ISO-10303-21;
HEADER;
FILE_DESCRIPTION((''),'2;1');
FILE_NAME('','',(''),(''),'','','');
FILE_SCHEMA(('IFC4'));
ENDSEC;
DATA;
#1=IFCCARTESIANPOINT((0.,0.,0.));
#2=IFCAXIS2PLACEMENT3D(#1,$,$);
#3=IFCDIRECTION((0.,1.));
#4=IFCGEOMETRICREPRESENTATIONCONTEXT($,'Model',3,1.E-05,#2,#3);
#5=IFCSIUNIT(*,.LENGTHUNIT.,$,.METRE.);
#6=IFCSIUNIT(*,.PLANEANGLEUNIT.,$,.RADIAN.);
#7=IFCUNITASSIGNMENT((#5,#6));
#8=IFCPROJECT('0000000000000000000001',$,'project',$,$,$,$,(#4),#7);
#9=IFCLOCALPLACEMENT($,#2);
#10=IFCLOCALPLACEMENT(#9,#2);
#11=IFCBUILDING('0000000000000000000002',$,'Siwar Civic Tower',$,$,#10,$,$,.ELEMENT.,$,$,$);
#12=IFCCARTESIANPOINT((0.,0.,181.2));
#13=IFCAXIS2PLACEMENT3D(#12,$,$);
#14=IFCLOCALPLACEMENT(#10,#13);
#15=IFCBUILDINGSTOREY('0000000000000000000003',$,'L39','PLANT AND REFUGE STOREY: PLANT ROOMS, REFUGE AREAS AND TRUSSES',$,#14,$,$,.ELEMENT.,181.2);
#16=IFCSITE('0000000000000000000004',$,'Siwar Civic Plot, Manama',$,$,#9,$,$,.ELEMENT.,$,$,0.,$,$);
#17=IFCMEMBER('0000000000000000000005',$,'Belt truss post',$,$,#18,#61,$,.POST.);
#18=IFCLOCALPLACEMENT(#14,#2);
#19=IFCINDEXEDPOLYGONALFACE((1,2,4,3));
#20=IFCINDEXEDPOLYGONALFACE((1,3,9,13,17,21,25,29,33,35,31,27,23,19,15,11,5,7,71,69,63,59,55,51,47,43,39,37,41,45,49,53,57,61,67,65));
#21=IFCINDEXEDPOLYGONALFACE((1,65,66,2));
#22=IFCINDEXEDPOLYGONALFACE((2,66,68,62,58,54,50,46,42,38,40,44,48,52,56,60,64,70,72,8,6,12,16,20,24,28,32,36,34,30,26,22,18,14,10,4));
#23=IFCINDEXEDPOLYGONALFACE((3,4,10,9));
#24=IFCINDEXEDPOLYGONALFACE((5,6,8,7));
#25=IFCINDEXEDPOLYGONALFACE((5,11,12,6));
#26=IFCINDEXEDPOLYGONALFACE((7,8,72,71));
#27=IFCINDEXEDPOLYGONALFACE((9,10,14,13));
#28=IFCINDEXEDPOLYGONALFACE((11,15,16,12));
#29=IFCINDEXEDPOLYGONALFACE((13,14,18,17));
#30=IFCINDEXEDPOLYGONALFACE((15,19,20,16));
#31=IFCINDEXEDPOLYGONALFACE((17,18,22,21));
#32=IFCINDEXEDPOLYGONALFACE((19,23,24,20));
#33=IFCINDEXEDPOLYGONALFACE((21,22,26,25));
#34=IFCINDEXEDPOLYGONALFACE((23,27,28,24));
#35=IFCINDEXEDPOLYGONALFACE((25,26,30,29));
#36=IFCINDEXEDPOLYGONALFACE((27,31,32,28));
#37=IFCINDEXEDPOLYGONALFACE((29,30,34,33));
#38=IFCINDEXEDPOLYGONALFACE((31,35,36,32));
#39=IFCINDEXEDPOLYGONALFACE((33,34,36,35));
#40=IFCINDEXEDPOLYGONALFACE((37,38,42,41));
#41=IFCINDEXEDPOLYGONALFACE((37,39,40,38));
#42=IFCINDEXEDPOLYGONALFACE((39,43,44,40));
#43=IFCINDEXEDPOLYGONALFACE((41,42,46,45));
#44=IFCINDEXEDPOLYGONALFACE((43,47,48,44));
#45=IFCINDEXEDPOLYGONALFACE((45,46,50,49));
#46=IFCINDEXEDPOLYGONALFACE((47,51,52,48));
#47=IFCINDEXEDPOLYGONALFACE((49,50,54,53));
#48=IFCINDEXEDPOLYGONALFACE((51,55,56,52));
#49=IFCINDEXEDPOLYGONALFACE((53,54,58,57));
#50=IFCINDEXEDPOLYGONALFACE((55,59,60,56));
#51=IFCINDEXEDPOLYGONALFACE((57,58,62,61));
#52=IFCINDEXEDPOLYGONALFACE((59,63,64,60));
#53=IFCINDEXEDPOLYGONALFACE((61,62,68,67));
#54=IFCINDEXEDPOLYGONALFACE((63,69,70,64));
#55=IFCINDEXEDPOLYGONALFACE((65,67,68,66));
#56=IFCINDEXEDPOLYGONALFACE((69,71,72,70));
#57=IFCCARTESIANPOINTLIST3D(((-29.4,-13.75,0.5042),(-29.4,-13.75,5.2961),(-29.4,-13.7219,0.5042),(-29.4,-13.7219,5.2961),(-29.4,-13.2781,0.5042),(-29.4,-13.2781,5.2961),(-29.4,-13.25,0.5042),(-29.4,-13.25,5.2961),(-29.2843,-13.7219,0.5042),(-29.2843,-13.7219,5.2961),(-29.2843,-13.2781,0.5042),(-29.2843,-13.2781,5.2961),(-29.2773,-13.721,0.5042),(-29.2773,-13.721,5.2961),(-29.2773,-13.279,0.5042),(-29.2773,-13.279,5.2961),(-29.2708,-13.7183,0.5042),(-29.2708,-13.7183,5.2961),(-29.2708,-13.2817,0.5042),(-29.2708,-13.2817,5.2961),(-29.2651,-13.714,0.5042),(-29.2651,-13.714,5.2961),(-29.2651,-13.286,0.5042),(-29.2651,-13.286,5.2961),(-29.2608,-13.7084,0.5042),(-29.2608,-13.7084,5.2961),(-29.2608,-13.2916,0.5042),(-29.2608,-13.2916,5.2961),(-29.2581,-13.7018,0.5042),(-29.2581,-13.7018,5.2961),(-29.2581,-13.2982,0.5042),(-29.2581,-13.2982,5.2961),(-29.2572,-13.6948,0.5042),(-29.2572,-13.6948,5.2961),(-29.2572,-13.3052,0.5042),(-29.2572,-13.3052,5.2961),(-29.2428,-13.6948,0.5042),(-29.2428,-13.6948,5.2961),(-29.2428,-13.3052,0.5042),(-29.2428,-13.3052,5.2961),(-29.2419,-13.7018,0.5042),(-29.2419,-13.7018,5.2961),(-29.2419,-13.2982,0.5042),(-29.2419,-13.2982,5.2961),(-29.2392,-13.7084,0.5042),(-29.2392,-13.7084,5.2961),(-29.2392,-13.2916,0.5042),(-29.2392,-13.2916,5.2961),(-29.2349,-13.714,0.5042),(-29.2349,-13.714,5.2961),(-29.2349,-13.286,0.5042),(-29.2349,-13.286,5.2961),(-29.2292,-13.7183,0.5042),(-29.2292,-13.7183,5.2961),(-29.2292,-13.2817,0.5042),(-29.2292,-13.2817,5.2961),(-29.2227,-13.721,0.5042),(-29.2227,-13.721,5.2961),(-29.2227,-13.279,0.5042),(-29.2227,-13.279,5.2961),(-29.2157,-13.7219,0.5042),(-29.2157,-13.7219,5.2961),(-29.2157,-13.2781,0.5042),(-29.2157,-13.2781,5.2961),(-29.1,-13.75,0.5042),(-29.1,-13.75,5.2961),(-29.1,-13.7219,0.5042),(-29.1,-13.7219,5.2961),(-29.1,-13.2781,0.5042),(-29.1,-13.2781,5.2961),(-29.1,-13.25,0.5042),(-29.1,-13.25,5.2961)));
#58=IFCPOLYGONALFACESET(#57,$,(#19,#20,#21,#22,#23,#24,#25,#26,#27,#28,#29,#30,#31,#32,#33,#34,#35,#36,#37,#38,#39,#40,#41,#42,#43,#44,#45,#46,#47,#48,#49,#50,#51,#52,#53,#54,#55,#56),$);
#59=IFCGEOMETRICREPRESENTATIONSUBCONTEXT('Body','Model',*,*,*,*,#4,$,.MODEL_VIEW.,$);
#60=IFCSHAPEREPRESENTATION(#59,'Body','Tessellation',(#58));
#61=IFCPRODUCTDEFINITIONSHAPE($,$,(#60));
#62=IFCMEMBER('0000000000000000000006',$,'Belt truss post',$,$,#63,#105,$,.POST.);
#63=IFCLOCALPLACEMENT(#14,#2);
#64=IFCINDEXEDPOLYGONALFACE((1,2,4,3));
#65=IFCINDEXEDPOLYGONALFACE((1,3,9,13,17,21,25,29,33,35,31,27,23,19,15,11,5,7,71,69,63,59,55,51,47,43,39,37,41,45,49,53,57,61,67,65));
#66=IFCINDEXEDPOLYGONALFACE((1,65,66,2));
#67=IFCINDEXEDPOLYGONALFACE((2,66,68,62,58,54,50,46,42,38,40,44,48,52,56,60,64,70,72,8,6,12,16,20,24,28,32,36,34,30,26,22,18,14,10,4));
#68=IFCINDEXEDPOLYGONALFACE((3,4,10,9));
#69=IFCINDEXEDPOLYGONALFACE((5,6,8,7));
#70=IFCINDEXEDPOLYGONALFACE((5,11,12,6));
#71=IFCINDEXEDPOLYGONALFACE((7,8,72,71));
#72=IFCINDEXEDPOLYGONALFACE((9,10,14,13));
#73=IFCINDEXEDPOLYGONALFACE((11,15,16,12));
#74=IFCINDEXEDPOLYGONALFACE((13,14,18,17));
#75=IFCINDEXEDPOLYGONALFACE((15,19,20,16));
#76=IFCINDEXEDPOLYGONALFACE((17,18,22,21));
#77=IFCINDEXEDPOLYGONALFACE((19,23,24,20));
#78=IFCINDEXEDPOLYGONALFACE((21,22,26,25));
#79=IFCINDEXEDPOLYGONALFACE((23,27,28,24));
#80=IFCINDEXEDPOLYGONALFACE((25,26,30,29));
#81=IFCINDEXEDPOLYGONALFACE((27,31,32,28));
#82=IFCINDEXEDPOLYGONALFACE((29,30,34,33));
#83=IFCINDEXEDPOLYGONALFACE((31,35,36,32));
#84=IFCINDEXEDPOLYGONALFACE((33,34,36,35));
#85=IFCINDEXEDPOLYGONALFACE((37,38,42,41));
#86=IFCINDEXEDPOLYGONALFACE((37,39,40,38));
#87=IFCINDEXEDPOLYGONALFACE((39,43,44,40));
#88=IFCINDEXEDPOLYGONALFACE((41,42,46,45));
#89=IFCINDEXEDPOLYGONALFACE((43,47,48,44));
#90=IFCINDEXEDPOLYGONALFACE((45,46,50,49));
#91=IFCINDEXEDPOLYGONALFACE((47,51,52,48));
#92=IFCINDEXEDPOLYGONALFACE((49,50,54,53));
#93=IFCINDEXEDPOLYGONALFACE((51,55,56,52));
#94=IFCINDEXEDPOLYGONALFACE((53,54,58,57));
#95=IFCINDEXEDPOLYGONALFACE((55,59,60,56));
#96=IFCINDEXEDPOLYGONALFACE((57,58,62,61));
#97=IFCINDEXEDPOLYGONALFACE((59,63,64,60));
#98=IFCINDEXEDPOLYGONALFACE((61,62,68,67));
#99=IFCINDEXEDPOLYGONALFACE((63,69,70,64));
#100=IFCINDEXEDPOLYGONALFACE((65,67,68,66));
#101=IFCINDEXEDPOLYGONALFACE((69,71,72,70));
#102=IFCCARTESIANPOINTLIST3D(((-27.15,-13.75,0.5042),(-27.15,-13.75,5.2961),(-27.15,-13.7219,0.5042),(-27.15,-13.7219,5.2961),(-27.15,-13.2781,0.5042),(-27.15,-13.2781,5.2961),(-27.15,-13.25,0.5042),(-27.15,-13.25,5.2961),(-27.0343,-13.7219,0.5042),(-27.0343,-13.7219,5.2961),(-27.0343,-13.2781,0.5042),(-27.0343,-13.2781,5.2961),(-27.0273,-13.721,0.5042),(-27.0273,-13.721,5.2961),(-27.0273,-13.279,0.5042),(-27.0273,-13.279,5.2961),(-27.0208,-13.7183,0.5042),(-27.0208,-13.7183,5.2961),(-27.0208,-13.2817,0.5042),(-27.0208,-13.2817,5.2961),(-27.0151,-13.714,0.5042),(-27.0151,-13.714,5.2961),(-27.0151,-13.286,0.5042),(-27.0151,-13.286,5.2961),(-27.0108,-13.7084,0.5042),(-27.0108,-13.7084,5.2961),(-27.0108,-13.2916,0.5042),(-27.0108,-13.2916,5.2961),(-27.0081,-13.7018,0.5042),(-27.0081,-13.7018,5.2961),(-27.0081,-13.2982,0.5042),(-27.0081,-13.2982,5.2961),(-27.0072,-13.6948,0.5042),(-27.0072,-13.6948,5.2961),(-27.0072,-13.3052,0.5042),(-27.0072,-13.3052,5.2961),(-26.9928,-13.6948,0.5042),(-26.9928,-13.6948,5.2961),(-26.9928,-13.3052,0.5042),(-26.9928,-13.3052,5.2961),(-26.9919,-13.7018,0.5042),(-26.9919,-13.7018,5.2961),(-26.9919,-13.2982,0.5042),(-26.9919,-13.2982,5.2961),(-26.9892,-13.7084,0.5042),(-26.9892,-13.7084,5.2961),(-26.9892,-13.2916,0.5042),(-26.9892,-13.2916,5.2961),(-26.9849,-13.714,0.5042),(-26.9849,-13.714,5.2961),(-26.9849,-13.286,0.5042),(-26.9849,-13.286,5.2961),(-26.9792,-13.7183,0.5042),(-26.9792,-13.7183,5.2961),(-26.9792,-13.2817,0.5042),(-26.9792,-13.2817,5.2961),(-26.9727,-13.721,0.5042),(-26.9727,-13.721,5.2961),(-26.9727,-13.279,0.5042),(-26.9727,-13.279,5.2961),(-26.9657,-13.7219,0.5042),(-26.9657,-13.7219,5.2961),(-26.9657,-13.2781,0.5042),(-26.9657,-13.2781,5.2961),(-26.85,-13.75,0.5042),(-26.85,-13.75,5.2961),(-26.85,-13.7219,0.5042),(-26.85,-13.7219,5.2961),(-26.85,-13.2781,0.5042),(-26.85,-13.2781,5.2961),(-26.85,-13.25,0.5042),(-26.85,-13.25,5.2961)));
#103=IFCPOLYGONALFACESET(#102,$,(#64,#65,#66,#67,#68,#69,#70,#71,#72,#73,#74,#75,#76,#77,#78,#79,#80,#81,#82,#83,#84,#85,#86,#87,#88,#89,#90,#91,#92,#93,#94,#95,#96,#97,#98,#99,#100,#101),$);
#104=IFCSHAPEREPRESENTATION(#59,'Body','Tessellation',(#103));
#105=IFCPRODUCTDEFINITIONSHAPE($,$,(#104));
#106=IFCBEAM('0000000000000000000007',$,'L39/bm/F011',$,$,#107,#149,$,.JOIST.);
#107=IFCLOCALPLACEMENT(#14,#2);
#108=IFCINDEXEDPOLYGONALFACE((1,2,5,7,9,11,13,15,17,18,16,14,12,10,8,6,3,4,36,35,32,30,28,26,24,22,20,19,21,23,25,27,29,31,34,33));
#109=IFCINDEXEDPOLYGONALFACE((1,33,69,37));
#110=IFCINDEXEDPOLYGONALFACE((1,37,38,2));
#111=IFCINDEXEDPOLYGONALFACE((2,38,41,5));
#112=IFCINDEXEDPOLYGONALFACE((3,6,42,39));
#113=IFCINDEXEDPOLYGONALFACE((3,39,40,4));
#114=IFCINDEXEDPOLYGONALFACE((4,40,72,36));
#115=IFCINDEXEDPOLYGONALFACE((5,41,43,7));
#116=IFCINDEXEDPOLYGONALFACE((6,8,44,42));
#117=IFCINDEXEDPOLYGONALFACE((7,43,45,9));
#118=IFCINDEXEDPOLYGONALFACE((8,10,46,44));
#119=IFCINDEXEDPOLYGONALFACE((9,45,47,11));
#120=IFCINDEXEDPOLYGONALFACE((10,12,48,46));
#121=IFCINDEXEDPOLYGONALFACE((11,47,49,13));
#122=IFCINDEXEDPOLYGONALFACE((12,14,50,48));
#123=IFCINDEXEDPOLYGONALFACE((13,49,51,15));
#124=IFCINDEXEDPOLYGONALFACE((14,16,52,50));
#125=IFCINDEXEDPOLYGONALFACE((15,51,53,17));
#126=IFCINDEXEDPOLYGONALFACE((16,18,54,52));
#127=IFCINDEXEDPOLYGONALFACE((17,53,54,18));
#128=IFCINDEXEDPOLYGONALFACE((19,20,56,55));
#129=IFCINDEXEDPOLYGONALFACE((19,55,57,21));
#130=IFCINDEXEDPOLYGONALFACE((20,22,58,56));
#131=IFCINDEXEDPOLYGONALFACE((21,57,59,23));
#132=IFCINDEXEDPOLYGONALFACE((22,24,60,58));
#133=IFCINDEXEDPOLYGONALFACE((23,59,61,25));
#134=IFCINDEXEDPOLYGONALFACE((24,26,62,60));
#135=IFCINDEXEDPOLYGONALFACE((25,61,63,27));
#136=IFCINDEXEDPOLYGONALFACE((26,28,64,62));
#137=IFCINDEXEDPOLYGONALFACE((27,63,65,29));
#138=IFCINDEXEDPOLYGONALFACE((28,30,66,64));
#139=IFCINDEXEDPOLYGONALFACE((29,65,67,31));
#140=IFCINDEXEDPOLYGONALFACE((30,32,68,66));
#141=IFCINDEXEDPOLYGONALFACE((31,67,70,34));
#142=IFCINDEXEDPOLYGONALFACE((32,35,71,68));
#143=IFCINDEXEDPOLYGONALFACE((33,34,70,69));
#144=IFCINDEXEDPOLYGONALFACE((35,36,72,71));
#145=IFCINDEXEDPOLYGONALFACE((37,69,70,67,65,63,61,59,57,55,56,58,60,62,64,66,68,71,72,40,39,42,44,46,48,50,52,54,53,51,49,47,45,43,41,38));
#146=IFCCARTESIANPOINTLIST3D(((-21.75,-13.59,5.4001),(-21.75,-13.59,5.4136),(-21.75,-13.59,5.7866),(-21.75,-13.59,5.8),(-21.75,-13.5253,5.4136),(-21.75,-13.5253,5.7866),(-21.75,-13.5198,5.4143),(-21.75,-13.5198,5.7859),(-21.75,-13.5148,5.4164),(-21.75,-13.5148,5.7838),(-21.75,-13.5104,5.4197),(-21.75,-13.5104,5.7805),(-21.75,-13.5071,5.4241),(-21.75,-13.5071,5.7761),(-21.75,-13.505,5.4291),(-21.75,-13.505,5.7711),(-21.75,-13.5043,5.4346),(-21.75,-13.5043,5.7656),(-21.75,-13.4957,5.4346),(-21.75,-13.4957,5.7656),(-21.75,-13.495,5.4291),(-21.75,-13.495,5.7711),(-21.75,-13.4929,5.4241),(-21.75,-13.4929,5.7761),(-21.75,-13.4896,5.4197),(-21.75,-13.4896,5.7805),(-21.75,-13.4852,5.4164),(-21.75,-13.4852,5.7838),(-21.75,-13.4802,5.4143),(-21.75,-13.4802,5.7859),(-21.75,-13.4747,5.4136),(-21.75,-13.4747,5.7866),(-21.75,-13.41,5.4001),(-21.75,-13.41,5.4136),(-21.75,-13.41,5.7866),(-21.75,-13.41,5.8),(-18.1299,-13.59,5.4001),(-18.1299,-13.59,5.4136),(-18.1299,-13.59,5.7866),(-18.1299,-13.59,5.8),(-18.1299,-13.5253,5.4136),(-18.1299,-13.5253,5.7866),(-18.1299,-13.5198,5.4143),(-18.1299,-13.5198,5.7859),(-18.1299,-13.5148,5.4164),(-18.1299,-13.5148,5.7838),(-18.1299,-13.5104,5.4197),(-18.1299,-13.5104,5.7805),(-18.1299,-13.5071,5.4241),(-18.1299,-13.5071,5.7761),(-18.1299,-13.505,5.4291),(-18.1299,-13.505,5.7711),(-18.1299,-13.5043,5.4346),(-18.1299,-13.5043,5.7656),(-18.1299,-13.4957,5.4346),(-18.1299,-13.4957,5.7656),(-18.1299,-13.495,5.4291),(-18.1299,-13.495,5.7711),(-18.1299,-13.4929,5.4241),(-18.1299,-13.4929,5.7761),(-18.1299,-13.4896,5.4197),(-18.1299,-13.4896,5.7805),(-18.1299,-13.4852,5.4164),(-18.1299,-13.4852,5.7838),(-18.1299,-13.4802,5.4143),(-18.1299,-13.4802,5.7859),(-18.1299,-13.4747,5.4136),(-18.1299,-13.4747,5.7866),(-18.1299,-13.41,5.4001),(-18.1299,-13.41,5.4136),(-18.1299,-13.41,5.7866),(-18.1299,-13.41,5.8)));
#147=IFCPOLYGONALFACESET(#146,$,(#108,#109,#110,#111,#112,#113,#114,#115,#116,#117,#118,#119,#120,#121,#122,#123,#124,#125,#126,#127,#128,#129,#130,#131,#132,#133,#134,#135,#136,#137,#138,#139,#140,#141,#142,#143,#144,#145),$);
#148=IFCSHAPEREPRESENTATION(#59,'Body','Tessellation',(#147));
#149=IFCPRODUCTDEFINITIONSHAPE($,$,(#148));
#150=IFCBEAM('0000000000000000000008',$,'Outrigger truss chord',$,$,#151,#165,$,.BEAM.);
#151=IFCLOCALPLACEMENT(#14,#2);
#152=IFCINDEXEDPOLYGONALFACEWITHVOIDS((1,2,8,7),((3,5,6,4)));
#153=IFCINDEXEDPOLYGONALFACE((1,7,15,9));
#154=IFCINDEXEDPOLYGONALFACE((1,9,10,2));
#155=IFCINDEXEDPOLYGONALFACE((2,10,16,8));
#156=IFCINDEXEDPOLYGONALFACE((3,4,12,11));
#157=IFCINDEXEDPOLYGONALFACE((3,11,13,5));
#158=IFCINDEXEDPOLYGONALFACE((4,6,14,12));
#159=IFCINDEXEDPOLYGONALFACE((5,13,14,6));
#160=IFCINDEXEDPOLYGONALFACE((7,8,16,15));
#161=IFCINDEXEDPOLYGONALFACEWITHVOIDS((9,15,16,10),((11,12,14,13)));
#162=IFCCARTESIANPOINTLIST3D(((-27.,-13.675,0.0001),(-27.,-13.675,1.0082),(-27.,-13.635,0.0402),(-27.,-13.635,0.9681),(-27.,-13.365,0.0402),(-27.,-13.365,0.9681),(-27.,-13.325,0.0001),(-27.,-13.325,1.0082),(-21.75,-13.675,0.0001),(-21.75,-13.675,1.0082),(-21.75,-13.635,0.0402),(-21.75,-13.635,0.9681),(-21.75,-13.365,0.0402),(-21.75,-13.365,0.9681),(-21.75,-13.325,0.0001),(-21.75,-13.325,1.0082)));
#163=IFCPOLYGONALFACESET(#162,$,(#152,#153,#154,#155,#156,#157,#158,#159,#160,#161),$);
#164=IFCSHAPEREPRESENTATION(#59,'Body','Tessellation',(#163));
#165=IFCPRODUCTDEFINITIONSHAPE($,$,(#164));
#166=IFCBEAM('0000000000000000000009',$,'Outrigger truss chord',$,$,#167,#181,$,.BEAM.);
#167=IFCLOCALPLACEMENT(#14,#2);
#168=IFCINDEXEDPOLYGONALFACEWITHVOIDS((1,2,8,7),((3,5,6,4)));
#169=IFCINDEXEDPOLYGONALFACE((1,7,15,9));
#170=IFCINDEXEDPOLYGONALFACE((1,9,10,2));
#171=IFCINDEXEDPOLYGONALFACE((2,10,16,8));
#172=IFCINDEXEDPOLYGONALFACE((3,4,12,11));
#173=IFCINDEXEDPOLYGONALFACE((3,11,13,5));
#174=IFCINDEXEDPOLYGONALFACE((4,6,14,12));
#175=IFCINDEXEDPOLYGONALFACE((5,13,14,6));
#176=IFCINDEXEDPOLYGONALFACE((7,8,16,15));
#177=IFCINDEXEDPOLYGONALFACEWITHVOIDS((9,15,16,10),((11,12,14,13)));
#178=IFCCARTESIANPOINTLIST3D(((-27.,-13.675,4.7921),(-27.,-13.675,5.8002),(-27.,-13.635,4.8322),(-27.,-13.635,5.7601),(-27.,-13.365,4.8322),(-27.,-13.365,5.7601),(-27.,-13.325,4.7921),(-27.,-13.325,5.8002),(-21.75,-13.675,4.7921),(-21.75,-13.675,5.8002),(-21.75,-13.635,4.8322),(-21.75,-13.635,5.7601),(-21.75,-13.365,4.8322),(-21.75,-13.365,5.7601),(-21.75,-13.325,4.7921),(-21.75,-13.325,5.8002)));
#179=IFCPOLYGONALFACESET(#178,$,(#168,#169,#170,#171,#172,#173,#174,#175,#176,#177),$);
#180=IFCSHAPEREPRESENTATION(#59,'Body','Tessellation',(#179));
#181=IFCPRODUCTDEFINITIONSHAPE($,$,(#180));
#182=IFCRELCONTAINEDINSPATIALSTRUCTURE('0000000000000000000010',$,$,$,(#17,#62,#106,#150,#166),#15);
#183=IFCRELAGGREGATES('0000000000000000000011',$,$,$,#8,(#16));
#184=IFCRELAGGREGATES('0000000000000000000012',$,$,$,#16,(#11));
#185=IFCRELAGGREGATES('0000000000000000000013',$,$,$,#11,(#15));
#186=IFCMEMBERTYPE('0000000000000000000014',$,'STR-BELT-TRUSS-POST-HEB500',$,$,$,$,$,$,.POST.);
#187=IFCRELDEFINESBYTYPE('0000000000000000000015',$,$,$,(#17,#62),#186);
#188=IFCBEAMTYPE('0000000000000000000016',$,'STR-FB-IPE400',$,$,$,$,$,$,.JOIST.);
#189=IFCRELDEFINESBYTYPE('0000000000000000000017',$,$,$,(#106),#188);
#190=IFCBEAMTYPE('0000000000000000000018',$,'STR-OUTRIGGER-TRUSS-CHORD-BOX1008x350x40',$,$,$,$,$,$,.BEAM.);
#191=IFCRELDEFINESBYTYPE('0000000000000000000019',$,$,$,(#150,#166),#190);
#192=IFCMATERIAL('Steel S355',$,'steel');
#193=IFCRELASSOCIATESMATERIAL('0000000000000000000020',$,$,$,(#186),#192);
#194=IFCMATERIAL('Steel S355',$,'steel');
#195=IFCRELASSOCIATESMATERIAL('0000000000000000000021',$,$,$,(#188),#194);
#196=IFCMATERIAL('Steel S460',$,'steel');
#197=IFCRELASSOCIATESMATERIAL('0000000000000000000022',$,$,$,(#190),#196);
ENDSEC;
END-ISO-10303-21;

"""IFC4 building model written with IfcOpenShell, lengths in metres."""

from ifc_helpers import new_model, si_unit, direction, frame, origin, origin_2d, place, context, subcontext, project, spatial, hollow_rectangle, i_section, extrude, material, material_profile, profile_set, type_object, element, save


model = new_model("IFC4")

# Units and contexts
model_context = context("Model", 3, precision=1e-05, world=origin(), true_north=direction((0.0, 1.0)))
body_context = subcontext(model_context, "Body", "Model", "MODEL_VIEW")
ifc_project = project(units=[si_unit("LENGTHUNIT", "METRE"), si_unit("PLANEANGLEUNIT", "RADIAN")], contexts=[model_context])

# Site, building, storey
site_placement = place(None, origin())
site = spatial("IfcSite", under=ifc_project, at=site_placement, Name="Siwar Civic Plot, Manama", CompositionType="ELEMENT", RefElevation=0.0)
building_placement = place(site_placement, origin())
building = spatial("IfcBuilding", under=site, at=building_placement, Name="Siwar Civic Tower", CompositionType="ELEMENT")
storey_placement = place(building_placement, frame((0.0, 0.0, 181.2)))
storey = spatial("IfcBuildingStorey", under=building, at=storey_placement, Name="L39", Description="PLANT AND REFUGE STOREY: PLANT ROOMS, REFUGE AREAS AND TRUSSES", CompositionType="ELEMENT", Elevation=181.2)

# Members
ifc_material_1 = material(Name="Steel S355", Category="steel")
ifc_material_profile_1 = material_profile(ifc_material_1, i_section(OverallWidth=0.3, OverallDepth=0.5, WebThickness=0.0144, FlangeThickness=0.0281, FilletRadius=0.0271, at=origin_2d()), Name="HEB500")
ifc_profile_set_1 = profile_set([ifc_material_profile_1], Name="Steel S355")
member_type_1 = type_object("IfcMemberType", Name="STR-BELT-TRUSS-POST-HEB500", PredefinedType="POST", material=ifc_profile_set_1)
for number, where, z_axis, x_axis, name in (
    (1, (-29.25, -13.5, 0.5042), (0.0, 0.0, 1.0), (1.0, 0.0, 0.0), "Belt truss post"),
    (2, (-27.0, -13.5, 0.5042), (0.0, 0.0, 1.0), (1.0, 0.0, 0.0), "Belt truss post"),
):
    element("IfcMember", number, at=place(storey_placement, frame(where, z_axis=z_axis, x_axis=x_axis)), inside=storey, type_object=member_type_1, Name=name, PredefinedType="POST", context=body_context, shape_type="SweptSolid", body=[
        extrude(i_section(OverallWidth=0.3, OverallDepth=0.5, WebThickness=0.0144, FlangeThickness=0.0281, FilletRadius=0.0271, at=origin_2d()), origin(), (0.0, 0.0, 1.0), 4.792),
    ])

# Beams
ifc_material_2 = material(Name="Steel S355", Category="steel")
ifc_material_profile_2 = material_profile(ifc_material_2, i_section(OverallWidth=0.1799, OverallDepth=0.3999, WebThickness=0.0085, FlangeThickness=0.0134, FilletRadius=0.021, at=origin_2d()), Name="IPE400")
ifc_profile_set_2 = profile_set([ifc_material_profile_2], Name="Steel S355")
beam_type_1 = type_object("IfcBeamType", Name="STR-FB-IPE400", PredefinedType="JOIST", material=ifc_profile_set_2)
beam_placement = place(storey_placement, frame((-21.75, -13.5, 5.6001), z_axis=(1.0, 0.0, 0.0), x_axis=(0.0, 1.0, 0.0)))
element("IfcBeam", 3, at=beam_placement, inside=storey, type_object=beam_type_1, Name="L39/bm/F011", PredefinedType="JOIST", context=body_context, shape_type="SweptSolid", body=[
    extrude(i_section(OverallWidth=0.1799, OverallDepth=0.3999, WebThickness=0.0085, FlangeThickness=0.0134, FilletRadius=0.021, at=origin_2d()), origin(), (0.0, 0.0, 1.0), 3.6201),
])
ifc_material_3 = material(Name="Steel S460", Category="steel")
ifc_material_profile_3 = material_profile(ifc_material_3, hollow_rectangle(XDim=0.3501, YDim=1.0081, WallThickness=0.04, at=origin_2d()), Name="BOX1008x350x40")
ifc_profile_set_3 = profile_set([ifc_material_profile_3], Name="Steel S460")
beam_type_2 = type_object("IfcBeamType", Name="STR-OUTRIGGER-TRUSS-CHORD-BOX1008x350x40", PredefinedType="BEAM", material=ifc_profile_set_3)
for number, where, z_axis, x_axis, name in (
    (4, (-27.0, -13.5, 0.5042), (1.0, 0.0, 0.0), (0.0, 1.0, 0.0), "Outrigger truss chord"),
    (5, (-27.0, -13.5, 5.2961), (1.0, 0.0, 0.0), (0.0, 1.0, 0.0), "Outrigger truss chord"),
):
    element("IfcBeam", number, at=place(storey_placement, frame(where, z_axis=z_axis, x_axis=x_axis)), inside=storey, type_object=beam_type_2, Name=name, PredefinedType="BEAM", context=body_context, shape_type="SweptSolid", body=[
        extrude(hollow_rectangle(XDim=0.3501, YDim=1.0081, WallThickness=0.04, at=origin_2d()), origin(), (0.0, 0.0, 1.0), 5.25),
    ])

save(model, "model.ifc")
